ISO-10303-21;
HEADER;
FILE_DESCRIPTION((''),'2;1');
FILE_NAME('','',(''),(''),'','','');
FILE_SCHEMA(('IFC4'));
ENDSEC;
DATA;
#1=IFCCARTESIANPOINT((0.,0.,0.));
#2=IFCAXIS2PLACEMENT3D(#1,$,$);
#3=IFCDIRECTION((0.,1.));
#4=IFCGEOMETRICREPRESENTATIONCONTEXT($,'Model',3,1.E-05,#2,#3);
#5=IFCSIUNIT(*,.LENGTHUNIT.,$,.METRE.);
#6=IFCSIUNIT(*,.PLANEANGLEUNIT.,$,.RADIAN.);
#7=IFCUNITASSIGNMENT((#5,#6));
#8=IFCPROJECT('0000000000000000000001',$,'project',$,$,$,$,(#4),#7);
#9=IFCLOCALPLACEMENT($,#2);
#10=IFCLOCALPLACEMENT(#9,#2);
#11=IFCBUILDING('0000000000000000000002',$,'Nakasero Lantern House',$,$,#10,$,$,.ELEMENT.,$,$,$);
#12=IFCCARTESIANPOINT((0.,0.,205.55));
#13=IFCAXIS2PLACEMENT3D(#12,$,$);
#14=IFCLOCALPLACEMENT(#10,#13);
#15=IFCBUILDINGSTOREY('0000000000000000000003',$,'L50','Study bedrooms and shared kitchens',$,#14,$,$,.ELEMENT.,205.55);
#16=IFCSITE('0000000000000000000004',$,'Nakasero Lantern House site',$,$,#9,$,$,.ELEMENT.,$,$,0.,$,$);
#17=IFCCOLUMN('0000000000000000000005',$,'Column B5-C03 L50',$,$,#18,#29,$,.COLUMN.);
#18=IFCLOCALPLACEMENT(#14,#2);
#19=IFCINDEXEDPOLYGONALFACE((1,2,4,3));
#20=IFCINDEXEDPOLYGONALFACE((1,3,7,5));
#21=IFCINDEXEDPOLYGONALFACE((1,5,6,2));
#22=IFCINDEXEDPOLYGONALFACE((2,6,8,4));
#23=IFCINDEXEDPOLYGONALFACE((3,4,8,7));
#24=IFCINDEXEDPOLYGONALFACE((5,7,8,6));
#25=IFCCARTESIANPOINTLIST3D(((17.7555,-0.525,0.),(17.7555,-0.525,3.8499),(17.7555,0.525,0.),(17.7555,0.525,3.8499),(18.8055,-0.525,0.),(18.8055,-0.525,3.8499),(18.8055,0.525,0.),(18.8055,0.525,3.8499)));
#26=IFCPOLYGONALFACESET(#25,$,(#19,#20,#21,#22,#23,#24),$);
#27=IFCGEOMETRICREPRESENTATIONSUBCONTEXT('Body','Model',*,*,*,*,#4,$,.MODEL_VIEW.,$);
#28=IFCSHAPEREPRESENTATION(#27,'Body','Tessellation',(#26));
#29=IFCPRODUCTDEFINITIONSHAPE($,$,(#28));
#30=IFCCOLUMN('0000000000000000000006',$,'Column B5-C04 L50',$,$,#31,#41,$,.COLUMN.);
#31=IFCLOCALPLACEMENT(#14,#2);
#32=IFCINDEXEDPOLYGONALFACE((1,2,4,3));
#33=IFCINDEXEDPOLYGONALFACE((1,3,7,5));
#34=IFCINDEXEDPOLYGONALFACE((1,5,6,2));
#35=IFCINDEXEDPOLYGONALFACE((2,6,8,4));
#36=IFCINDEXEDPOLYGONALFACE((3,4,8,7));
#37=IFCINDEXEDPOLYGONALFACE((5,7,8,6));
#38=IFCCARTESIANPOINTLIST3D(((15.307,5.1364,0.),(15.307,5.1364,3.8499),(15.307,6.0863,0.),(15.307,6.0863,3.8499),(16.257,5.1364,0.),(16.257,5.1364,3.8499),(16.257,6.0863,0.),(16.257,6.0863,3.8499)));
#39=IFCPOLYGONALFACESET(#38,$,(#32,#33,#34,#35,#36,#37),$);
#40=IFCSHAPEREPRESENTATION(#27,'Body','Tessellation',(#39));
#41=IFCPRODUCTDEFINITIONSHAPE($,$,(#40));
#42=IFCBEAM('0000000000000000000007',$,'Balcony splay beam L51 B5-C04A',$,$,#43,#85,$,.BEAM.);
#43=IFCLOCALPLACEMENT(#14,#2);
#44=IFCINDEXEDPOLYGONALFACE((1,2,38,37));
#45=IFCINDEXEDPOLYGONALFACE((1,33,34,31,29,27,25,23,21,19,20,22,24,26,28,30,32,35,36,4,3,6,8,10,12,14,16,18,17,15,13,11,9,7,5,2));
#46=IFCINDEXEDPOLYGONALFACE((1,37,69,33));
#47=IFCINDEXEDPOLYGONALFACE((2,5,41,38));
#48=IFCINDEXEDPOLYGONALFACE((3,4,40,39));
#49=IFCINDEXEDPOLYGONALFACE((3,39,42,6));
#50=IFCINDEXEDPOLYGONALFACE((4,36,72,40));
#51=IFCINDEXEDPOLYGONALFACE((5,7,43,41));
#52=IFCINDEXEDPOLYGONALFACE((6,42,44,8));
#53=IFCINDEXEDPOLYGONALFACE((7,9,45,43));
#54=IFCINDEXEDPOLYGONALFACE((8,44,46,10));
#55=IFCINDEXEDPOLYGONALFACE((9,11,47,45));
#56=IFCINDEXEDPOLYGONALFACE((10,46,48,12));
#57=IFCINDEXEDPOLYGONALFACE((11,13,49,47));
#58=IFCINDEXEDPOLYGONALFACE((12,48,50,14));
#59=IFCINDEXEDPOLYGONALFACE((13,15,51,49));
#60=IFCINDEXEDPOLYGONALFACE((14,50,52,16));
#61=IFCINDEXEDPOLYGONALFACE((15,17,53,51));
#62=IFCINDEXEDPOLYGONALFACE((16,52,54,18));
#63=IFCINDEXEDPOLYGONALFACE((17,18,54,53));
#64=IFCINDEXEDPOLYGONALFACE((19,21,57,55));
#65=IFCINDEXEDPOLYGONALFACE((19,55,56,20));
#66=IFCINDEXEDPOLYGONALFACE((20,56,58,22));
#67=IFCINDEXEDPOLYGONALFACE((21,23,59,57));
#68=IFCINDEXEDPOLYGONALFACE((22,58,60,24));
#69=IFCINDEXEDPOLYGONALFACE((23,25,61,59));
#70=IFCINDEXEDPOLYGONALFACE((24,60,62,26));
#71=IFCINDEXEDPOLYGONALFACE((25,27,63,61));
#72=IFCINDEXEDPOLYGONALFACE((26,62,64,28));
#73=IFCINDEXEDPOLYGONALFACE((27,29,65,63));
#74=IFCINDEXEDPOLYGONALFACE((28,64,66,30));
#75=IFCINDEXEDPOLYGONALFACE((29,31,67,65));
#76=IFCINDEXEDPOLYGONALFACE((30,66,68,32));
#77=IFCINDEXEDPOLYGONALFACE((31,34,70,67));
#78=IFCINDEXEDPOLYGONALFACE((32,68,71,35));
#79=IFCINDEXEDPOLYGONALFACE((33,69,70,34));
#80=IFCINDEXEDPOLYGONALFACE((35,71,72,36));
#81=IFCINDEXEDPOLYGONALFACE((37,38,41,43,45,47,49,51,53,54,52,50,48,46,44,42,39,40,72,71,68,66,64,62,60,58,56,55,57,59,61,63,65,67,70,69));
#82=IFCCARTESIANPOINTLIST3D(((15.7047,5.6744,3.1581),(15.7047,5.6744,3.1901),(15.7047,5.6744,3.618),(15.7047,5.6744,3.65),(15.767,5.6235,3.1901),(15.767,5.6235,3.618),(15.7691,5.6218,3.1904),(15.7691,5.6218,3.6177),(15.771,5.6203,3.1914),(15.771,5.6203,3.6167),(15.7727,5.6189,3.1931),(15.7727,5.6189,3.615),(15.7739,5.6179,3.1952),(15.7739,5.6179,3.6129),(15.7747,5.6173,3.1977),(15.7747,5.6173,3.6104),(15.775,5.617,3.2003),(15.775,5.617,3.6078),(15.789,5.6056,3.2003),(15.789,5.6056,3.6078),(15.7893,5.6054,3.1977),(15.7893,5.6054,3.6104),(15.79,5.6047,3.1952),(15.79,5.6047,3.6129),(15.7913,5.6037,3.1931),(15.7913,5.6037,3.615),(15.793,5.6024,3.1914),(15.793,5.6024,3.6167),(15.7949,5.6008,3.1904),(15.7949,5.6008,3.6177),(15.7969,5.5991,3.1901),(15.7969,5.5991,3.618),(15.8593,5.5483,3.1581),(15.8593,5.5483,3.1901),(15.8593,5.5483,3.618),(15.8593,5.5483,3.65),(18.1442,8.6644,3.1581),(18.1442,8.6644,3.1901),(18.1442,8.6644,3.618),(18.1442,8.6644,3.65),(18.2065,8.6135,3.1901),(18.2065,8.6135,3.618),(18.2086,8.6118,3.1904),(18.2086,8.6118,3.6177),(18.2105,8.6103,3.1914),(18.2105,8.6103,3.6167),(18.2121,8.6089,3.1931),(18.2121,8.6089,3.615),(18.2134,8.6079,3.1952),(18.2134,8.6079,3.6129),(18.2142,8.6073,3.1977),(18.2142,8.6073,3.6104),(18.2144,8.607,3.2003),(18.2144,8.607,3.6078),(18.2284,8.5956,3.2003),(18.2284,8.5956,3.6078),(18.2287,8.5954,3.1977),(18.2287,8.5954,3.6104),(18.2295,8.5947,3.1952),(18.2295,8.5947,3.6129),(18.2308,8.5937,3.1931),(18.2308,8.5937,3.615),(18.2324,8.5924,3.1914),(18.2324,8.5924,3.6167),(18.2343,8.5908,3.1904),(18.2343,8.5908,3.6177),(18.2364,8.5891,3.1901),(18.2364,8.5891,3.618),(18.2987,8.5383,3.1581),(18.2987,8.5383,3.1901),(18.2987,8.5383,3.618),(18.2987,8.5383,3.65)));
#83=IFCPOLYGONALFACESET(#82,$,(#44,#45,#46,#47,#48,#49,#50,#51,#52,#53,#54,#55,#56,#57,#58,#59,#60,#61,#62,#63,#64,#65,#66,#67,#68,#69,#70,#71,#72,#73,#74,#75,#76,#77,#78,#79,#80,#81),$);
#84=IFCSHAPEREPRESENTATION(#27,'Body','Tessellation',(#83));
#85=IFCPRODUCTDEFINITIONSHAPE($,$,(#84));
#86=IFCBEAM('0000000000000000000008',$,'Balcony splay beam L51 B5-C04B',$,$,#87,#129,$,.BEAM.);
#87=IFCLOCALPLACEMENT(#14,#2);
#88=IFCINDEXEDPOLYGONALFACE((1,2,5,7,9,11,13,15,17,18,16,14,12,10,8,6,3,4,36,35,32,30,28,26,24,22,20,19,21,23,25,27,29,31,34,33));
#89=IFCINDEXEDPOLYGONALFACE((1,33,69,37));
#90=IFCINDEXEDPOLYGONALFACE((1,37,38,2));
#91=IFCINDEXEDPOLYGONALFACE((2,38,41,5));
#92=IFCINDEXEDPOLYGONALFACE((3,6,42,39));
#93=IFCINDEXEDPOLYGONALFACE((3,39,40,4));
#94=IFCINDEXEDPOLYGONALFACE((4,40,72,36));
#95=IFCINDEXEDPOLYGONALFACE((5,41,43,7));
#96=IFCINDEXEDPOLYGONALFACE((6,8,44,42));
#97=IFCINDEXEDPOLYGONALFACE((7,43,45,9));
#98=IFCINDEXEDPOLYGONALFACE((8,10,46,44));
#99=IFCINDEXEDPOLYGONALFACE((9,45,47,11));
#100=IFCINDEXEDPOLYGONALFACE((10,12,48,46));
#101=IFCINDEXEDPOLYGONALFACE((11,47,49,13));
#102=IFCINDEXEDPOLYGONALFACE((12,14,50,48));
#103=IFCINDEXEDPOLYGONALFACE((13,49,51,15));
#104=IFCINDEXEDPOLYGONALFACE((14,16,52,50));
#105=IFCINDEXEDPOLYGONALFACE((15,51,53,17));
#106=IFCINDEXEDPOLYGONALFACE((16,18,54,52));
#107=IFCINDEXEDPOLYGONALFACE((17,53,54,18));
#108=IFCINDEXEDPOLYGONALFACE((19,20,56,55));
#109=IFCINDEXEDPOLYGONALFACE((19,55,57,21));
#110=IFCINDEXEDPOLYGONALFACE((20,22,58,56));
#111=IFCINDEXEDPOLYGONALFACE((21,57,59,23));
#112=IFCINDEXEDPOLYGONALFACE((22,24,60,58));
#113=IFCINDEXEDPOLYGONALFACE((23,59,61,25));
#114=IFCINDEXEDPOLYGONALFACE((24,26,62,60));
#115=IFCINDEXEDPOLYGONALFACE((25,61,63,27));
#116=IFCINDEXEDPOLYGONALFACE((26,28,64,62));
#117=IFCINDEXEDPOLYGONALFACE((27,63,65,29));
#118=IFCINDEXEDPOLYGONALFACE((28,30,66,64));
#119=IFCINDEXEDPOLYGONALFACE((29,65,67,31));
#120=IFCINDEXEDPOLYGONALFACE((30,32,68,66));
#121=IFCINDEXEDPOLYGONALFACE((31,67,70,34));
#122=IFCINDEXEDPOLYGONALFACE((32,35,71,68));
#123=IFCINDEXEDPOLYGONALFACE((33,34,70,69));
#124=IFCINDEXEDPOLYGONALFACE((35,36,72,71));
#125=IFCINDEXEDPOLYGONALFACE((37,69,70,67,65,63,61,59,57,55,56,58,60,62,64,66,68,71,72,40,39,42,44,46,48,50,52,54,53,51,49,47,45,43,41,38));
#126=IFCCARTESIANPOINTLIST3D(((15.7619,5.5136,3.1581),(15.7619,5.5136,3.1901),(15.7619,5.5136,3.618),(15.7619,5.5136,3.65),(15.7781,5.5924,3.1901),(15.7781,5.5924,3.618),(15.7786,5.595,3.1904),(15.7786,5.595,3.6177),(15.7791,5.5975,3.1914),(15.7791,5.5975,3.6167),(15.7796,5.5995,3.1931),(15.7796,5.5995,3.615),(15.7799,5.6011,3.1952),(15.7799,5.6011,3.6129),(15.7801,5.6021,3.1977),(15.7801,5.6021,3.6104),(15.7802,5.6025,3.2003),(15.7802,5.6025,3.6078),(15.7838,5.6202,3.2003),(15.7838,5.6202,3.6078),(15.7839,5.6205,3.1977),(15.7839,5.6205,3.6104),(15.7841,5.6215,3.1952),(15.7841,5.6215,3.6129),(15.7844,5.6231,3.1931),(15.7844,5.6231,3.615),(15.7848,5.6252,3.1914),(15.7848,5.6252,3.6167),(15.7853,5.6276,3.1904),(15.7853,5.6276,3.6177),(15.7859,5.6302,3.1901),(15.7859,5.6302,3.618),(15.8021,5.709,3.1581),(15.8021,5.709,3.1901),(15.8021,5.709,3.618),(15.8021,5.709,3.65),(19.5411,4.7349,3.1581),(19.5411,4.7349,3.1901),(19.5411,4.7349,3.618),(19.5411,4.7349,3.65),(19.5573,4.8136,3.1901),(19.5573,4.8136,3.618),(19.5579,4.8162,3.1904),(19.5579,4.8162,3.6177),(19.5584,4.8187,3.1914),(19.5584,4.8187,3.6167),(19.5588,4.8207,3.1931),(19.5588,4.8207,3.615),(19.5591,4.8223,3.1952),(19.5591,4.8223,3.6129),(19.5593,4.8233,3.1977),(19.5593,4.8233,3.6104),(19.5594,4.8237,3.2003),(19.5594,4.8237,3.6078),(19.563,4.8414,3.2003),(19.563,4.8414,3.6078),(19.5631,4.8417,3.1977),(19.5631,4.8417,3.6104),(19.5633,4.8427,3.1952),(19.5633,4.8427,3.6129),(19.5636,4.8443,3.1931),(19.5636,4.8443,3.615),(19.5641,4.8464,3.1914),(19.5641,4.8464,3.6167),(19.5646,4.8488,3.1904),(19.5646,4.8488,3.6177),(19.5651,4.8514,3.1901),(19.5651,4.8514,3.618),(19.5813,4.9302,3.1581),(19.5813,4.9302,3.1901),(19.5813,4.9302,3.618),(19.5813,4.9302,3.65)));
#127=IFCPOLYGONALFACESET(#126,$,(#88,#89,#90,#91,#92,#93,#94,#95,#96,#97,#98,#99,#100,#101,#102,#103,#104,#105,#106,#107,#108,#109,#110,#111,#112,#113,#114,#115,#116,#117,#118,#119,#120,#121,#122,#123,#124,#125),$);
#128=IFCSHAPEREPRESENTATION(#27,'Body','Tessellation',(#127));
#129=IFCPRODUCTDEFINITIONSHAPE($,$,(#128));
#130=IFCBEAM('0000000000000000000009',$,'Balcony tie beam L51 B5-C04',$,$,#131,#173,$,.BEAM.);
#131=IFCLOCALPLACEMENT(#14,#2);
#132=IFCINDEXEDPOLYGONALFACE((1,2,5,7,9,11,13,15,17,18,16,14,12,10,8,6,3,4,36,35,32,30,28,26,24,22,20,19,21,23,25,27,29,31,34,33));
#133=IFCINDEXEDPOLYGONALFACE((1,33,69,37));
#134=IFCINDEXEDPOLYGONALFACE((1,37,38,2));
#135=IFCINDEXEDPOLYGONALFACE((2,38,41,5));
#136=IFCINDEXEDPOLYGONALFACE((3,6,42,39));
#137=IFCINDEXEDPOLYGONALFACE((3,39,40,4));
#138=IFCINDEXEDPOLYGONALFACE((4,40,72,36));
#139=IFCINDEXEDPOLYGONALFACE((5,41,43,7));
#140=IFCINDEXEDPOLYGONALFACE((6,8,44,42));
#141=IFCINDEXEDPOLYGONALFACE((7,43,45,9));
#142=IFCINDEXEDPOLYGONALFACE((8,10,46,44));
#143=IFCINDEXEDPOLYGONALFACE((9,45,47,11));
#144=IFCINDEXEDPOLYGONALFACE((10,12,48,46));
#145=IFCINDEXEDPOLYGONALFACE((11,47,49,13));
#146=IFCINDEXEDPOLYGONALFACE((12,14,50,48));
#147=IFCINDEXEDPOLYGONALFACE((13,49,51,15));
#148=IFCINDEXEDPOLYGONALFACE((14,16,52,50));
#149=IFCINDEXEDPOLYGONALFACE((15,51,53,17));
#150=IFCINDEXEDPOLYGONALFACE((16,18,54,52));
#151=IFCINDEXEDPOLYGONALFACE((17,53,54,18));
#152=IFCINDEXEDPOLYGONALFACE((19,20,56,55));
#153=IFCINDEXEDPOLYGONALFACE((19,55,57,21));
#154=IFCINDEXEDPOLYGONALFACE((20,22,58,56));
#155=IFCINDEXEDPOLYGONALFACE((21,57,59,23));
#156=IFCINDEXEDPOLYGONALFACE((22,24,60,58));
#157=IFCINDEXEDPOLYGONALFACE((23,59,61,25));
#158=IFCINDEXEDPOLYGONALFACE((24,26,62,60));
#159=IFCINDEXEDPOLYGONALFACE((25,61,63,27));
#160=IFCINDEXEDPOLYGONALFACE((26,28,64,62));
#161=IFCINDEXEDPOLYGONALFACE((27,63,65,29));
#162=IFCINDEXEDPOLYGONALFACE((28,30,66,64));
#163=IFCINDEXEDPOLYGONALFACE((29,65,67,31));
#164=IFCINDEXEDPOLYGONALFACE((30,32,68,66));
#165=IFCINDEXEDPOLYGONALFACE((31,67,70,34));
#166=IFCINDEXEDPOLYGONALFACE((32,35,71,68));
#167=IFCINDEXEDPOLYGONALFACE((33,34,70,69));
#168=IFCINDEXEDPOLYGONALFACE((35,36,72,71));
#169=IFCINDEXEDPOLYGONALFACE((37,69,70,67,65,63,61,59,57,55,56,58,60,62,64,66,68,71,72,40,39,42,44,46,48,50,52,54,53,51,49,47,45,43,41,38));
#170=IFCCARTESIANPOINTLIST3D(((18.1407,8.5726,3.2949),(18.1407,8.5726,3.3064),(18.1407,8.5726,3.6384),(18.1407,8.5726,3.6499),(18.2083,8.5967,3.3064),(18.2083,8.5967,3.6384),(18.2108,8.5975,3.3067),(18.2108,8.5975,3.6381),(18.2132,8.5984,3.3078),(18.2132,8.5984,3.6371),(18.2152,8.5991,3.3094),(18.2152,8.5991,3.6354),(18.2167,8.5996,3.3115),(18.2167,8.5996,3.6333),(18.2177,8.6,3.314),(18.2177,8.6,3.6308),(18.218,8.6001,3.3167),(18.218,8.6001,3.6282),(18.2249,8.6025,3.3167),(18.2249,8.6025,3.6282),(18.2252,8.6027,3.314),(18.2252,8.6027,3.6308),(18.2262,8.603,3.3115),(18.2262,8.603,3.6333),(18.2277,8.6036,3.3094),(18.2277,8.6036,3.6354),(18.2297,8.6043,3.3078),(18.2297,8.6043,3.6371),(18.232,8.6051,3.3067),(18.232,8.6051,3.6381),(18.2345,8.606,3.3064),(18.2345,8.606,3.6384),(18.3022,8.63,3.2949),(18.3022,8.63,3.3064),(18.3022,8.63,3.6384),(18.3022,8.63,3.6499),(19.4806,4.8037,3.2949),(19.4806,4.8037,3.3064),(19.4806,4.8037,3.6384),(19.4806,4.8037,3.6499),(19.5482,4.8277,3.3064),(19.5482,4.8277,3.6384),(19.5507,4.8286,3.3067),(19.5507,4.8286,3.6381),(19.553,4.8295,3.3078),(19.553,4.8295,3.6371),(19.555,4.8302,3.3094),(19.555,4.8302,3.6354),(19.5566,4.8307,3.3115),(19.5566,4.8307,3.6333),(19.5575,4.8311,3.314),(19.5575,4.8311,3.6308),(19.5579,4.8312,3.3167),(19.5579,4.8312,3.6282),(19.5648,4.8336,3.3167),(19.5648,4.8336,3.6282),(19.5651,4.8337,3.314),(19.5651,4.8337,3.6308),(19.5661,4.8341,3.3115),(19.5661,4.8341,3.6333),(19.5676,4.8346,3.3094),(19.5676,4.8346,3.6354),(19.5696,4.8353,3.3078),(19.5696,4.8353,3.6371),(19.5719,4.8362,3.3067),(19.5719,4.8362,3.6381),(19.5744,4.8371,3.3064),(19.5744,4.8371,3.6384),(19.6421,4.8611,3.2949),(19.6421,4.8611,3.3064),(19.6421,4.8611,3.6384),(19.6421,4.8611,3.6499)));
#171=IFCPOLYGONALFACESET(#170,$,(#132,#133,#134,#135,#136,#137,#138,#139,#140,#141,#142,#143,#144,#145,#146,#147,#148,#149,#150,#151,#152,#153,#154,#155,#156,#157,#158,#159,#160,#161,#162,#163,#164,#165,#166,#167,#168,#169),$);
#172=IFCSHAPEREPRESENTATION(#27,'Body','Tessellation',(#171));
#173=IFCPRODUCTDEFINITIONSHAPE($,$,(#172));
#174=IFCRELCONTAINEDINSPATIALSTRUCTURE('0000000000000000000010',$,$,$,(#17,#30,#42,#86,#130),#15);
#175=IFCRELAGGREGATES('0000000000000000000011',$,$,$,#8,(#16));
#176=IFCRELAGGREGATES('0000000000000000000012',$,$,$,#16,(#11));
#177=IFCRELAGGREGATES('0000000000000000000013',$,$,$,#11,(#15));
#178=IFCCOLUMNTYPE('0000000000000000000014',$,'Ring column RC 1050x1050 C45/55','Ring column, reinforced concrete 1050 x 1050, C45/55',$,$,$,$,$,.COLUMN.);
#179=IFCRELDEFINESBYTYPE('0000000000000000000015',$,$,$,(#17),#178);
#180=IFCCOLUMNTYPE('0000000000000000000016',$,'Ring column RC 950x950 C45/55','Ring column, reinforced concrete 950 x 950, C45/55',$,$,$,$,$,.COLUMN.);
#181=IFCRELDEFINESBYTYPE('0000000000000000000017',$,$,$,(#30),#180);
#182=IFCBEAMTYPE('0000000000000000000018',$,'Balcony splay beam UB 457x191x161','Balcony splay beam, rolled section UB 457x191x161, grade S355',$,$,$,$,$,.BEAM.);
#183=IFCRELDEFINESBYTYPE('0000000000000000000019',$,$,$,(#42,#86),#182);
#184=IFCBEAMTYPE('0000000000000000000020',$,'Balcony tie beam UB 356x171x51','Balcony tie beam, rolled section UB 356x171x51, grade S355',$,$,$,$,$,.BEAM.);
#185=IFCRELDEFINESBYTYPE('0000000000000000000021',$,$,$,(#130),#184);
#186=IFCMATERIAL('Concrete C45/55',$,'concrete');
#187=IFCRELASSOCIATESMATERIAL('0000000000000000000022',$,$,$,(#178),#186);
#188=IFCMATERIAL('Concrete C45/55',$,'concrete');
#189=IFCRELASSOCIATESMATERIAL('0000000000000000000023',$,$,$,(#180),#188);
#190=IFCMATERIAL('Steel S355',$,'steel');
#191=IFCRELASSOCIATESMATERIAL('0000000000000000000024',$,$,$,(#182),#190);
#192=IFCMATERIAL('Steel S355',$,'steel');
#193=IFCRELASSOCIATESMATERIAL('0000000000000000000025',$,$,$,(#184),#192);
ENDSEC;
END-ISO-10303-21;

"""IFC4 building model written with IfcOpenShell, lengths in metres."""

from ifc_helpers import new_model, si_unit, direction, frame, origin, origin_2d, place, context, subcontext, project, spatial, rectangle, i_section, extrude, material, material_profile, profile_set, type_object, element, save


model = new_model("IFC4")

# Units and contexts
model_context = context("Model", 3, precision=1e-05, world=origin(), true_north=direction((0.0, 1.0)))
body_context = subcontext(model_context, "Body", "Model", "MODEL_VIEW")
ifc_project = project(units=[si_unit("LENGTHUNIT", "METRE"), si_unit("PLANEANGLEUNIT", "RADIAN")], contexts=[model_context])

# Site, building, storey
site_placement = place(None, origin())
site = spatial("IfcSite", under=ifc_project, at=site_placement, Name="Nakasero Lantern House site", CompositionType="ELEMENT", RefElevation=0.0)
building_placement = place(site_placement, origin())
building = spatial("IfcBuilding", under=site, at=building_placement, Name="Nakasero Lantern House", CompositionType="ELEMENT")
storey_placement = place(building_placement, frame((0.0, 0.0, 205.55)))
storey = spatial("IfcBuildingStorey", under=building, at=storey_placement, Name="L50", Description="Study bedrooms and shared kitchens", CompositionType="ELEMENT", Elevation=205.55)

# Columns
ifc_material_1 = material(Name="Concrete C45/55", Category="concrete")
ifc_material_profile_1 = material_profile(ifc_material_1, rectangle(XDim=1.05, YDim=1.05, at=origin_2d()), Name="RC 1050x1050")
ifc_profile_set_1 = profile_set([ifc_material_profile_1], Name="Concrete C45/55")
column_type_1 = type_object("IfcColumnType", Name="Ring column RC 1050x1050 C45/55", Description="Ring column, reinforced concrete 1050 x 1050, C45/55", PredefinedType="COLUMN", material=ifc_profile_set_1)
column_1_placement = place(storey_placement, frame((18.2805, 0.0, 0.0), z_axis=(0.0, 0.0, 1.0), x_axis=(1.0, 0.0, 0.0)))
element("IfcColumn", 1, at=column_1_placement, inside=storey, type_object=column_type_1, Name="Column B5-C03 L50", PredefinedType="COLUMN", context=body_context, shape_type="SweptSolid", body=[
    extrude(rectangle(XDim=1.05, YDim=1.05, at=origin_2d()), origin(), (0.0, 0.0, 1.0), 3.8499),
])
ifc_material_2 = material(Name="Concrete C45/55", Category="concrete")
ifc_material_profile_2 = material_profile(ifc_material_2, rectangle(XDim=0.95, YDim=0.95, at=origin_2d()), Name="RC 950x950")
ifc_profile_set_2 = profile_set([ifc_material_profile_2], Name="Concrete C45/55")
column_type_2 = type_object("IfcColumnType", Name="Ring column RC 950x950 C45/55", Description="Ring column, reinforced concrete 950 x 950, C45/55", PredefinedType="COLUMN", material=ifc_profile_set_2)
column_2_placement = place(storey_placement, frame((15.782, 5.6113, 0.0), z_axis=(0.0, 0.0, 1.0), x_axis=(1.0, 0.0, 0.0)))
element("IfcColumn", 2, at=column_2_placement, inside=storey, type_object=column_type_2, Name="Column B5-C04 L50", PredefinedType="COLUMN", context=body_context, shape_type="SweptSolid", body=[
    extrude(rectangle(XDim=0.95, YDim=0.95, at=origin_2d()), origin(), (0.0, 0.0, 1.0), 3.8499),
])

# Beams
ifc_material_3 = material(Name="Steel S355", Category="steel")
ifc_material_profile_3 = material_profile(ifc_material_3, i_section(OverallWidth=0.1995, OverallDepth=0.4919, WebThickness=0.0181, FlangeThickness=0.032, FilletRadius=0.0103, at=origin_2d()), Name="UB 457x191x161")
ifc_profile_set_3 = profile_set([ifc_material_profile_3], Name="Steel S355")
beam_type_1 = type_object("IfcBeamType", Name="Balcony splay beam UB 457x191x161", Description="Balcony splay beam, rolled section UB 457x191x161, grade S355", PredefinedType="BEAM", material=ifc_profile_set_3)
beam_1_placement = place(storey_placement, frame((15.782, 5.6113, 3.4041), z_axis=(0.632166, 0.774833, 0.0), x_axis=(-0.774833, 0.632166, 0.0)))
element("IfcBeam", 3, at=beam_1_placement, inside=storey, type_object=beam_type_1, Name="Balcony splay beam L51 B5-C04A", PredefinedType="BEAM", context=body_context, shape_type="SweptSolid", body=[
    extrude(i_section(OverallWidth=0.1995, OverallDepth=0.4919, WebThickness=0.0181, FlangeThickness=0.032, FilletRadius=0.0103, at=origin_2d()), origin(), (0.0, 0.0, 1.0), 3.8589),
])
beam_2_placement = place(storey_placement, frame((15.782, 5.6113, 3.4041), z_axis=(0.97942, -0.201831, 0.0), x_axis=(0.201831, 0.97942, 0.0)))
element("IfcBeam", 4, at=beam_2_placement, inside=storey, type_object=beam_type_1, Name="Balcony splay beam L51 B5-C04B", PredefinedType="BEAM", context=body_context, shape_type="SweptSolid", body=[
    extrude(i_section(OverallWidth=0.1995, OverallDepth=0.4919, WebThickness=0.0181, FlangeThickness=0.032, FilletRadius=0.0103, at=origin_2d()), origin(), (0.0, 0.0, 1.0), 3.8586),
])
ifc_material_4 = material(Name="Steel S355", Category="steel")
ifc_material_profile_4 = material_profile(ifc_material_4, i_section(OverallWidth=0.1714, OverallDepth=0.355, WebThickness=0.0073, FlangeThickness=0.0115, FilletRadius=0.0103, at=origin_2d()), Name="UB 356x171x51")
ifc_profile_set_4 = profile_set([ifc_material_profile_4], Name="Steel S355")
beam_type_2 = type_object("IfcBeamType", Name="Balcony tie beam UB 356x171x51", Description="Balcony tie beam, rolled section UB 356x171x51, grade S355", PredefinedType="BEAM", material=ifc_profile_set_4)
beam_3_placement = place(storey_placement, frame((18.2214, 8.6013, 3.4724), z_axis=(0.334971, -0.942228, 0.0), x_axis=(0.942228, 0.334971, 0.0)))
element("IfcBeam", 5, at=beam_3_placement, inside=storey, type_object=beam_type_2, Name="Balcony tie beam L51 B5-C04", PredefinedType="BEAM", context=body_context, shape_type="SweptSolid", body=[
    extrude(i_section(OverallWidth=0.1714, OverallDepth=0.355, WebThickness=0.0073, FlangeThickness=0.0115, FilletRadius=0.0103, at=origin_2d()), origin(), (0.0, 0.0, 1.0), 4.0),
])

save(model, "model.ifc")
